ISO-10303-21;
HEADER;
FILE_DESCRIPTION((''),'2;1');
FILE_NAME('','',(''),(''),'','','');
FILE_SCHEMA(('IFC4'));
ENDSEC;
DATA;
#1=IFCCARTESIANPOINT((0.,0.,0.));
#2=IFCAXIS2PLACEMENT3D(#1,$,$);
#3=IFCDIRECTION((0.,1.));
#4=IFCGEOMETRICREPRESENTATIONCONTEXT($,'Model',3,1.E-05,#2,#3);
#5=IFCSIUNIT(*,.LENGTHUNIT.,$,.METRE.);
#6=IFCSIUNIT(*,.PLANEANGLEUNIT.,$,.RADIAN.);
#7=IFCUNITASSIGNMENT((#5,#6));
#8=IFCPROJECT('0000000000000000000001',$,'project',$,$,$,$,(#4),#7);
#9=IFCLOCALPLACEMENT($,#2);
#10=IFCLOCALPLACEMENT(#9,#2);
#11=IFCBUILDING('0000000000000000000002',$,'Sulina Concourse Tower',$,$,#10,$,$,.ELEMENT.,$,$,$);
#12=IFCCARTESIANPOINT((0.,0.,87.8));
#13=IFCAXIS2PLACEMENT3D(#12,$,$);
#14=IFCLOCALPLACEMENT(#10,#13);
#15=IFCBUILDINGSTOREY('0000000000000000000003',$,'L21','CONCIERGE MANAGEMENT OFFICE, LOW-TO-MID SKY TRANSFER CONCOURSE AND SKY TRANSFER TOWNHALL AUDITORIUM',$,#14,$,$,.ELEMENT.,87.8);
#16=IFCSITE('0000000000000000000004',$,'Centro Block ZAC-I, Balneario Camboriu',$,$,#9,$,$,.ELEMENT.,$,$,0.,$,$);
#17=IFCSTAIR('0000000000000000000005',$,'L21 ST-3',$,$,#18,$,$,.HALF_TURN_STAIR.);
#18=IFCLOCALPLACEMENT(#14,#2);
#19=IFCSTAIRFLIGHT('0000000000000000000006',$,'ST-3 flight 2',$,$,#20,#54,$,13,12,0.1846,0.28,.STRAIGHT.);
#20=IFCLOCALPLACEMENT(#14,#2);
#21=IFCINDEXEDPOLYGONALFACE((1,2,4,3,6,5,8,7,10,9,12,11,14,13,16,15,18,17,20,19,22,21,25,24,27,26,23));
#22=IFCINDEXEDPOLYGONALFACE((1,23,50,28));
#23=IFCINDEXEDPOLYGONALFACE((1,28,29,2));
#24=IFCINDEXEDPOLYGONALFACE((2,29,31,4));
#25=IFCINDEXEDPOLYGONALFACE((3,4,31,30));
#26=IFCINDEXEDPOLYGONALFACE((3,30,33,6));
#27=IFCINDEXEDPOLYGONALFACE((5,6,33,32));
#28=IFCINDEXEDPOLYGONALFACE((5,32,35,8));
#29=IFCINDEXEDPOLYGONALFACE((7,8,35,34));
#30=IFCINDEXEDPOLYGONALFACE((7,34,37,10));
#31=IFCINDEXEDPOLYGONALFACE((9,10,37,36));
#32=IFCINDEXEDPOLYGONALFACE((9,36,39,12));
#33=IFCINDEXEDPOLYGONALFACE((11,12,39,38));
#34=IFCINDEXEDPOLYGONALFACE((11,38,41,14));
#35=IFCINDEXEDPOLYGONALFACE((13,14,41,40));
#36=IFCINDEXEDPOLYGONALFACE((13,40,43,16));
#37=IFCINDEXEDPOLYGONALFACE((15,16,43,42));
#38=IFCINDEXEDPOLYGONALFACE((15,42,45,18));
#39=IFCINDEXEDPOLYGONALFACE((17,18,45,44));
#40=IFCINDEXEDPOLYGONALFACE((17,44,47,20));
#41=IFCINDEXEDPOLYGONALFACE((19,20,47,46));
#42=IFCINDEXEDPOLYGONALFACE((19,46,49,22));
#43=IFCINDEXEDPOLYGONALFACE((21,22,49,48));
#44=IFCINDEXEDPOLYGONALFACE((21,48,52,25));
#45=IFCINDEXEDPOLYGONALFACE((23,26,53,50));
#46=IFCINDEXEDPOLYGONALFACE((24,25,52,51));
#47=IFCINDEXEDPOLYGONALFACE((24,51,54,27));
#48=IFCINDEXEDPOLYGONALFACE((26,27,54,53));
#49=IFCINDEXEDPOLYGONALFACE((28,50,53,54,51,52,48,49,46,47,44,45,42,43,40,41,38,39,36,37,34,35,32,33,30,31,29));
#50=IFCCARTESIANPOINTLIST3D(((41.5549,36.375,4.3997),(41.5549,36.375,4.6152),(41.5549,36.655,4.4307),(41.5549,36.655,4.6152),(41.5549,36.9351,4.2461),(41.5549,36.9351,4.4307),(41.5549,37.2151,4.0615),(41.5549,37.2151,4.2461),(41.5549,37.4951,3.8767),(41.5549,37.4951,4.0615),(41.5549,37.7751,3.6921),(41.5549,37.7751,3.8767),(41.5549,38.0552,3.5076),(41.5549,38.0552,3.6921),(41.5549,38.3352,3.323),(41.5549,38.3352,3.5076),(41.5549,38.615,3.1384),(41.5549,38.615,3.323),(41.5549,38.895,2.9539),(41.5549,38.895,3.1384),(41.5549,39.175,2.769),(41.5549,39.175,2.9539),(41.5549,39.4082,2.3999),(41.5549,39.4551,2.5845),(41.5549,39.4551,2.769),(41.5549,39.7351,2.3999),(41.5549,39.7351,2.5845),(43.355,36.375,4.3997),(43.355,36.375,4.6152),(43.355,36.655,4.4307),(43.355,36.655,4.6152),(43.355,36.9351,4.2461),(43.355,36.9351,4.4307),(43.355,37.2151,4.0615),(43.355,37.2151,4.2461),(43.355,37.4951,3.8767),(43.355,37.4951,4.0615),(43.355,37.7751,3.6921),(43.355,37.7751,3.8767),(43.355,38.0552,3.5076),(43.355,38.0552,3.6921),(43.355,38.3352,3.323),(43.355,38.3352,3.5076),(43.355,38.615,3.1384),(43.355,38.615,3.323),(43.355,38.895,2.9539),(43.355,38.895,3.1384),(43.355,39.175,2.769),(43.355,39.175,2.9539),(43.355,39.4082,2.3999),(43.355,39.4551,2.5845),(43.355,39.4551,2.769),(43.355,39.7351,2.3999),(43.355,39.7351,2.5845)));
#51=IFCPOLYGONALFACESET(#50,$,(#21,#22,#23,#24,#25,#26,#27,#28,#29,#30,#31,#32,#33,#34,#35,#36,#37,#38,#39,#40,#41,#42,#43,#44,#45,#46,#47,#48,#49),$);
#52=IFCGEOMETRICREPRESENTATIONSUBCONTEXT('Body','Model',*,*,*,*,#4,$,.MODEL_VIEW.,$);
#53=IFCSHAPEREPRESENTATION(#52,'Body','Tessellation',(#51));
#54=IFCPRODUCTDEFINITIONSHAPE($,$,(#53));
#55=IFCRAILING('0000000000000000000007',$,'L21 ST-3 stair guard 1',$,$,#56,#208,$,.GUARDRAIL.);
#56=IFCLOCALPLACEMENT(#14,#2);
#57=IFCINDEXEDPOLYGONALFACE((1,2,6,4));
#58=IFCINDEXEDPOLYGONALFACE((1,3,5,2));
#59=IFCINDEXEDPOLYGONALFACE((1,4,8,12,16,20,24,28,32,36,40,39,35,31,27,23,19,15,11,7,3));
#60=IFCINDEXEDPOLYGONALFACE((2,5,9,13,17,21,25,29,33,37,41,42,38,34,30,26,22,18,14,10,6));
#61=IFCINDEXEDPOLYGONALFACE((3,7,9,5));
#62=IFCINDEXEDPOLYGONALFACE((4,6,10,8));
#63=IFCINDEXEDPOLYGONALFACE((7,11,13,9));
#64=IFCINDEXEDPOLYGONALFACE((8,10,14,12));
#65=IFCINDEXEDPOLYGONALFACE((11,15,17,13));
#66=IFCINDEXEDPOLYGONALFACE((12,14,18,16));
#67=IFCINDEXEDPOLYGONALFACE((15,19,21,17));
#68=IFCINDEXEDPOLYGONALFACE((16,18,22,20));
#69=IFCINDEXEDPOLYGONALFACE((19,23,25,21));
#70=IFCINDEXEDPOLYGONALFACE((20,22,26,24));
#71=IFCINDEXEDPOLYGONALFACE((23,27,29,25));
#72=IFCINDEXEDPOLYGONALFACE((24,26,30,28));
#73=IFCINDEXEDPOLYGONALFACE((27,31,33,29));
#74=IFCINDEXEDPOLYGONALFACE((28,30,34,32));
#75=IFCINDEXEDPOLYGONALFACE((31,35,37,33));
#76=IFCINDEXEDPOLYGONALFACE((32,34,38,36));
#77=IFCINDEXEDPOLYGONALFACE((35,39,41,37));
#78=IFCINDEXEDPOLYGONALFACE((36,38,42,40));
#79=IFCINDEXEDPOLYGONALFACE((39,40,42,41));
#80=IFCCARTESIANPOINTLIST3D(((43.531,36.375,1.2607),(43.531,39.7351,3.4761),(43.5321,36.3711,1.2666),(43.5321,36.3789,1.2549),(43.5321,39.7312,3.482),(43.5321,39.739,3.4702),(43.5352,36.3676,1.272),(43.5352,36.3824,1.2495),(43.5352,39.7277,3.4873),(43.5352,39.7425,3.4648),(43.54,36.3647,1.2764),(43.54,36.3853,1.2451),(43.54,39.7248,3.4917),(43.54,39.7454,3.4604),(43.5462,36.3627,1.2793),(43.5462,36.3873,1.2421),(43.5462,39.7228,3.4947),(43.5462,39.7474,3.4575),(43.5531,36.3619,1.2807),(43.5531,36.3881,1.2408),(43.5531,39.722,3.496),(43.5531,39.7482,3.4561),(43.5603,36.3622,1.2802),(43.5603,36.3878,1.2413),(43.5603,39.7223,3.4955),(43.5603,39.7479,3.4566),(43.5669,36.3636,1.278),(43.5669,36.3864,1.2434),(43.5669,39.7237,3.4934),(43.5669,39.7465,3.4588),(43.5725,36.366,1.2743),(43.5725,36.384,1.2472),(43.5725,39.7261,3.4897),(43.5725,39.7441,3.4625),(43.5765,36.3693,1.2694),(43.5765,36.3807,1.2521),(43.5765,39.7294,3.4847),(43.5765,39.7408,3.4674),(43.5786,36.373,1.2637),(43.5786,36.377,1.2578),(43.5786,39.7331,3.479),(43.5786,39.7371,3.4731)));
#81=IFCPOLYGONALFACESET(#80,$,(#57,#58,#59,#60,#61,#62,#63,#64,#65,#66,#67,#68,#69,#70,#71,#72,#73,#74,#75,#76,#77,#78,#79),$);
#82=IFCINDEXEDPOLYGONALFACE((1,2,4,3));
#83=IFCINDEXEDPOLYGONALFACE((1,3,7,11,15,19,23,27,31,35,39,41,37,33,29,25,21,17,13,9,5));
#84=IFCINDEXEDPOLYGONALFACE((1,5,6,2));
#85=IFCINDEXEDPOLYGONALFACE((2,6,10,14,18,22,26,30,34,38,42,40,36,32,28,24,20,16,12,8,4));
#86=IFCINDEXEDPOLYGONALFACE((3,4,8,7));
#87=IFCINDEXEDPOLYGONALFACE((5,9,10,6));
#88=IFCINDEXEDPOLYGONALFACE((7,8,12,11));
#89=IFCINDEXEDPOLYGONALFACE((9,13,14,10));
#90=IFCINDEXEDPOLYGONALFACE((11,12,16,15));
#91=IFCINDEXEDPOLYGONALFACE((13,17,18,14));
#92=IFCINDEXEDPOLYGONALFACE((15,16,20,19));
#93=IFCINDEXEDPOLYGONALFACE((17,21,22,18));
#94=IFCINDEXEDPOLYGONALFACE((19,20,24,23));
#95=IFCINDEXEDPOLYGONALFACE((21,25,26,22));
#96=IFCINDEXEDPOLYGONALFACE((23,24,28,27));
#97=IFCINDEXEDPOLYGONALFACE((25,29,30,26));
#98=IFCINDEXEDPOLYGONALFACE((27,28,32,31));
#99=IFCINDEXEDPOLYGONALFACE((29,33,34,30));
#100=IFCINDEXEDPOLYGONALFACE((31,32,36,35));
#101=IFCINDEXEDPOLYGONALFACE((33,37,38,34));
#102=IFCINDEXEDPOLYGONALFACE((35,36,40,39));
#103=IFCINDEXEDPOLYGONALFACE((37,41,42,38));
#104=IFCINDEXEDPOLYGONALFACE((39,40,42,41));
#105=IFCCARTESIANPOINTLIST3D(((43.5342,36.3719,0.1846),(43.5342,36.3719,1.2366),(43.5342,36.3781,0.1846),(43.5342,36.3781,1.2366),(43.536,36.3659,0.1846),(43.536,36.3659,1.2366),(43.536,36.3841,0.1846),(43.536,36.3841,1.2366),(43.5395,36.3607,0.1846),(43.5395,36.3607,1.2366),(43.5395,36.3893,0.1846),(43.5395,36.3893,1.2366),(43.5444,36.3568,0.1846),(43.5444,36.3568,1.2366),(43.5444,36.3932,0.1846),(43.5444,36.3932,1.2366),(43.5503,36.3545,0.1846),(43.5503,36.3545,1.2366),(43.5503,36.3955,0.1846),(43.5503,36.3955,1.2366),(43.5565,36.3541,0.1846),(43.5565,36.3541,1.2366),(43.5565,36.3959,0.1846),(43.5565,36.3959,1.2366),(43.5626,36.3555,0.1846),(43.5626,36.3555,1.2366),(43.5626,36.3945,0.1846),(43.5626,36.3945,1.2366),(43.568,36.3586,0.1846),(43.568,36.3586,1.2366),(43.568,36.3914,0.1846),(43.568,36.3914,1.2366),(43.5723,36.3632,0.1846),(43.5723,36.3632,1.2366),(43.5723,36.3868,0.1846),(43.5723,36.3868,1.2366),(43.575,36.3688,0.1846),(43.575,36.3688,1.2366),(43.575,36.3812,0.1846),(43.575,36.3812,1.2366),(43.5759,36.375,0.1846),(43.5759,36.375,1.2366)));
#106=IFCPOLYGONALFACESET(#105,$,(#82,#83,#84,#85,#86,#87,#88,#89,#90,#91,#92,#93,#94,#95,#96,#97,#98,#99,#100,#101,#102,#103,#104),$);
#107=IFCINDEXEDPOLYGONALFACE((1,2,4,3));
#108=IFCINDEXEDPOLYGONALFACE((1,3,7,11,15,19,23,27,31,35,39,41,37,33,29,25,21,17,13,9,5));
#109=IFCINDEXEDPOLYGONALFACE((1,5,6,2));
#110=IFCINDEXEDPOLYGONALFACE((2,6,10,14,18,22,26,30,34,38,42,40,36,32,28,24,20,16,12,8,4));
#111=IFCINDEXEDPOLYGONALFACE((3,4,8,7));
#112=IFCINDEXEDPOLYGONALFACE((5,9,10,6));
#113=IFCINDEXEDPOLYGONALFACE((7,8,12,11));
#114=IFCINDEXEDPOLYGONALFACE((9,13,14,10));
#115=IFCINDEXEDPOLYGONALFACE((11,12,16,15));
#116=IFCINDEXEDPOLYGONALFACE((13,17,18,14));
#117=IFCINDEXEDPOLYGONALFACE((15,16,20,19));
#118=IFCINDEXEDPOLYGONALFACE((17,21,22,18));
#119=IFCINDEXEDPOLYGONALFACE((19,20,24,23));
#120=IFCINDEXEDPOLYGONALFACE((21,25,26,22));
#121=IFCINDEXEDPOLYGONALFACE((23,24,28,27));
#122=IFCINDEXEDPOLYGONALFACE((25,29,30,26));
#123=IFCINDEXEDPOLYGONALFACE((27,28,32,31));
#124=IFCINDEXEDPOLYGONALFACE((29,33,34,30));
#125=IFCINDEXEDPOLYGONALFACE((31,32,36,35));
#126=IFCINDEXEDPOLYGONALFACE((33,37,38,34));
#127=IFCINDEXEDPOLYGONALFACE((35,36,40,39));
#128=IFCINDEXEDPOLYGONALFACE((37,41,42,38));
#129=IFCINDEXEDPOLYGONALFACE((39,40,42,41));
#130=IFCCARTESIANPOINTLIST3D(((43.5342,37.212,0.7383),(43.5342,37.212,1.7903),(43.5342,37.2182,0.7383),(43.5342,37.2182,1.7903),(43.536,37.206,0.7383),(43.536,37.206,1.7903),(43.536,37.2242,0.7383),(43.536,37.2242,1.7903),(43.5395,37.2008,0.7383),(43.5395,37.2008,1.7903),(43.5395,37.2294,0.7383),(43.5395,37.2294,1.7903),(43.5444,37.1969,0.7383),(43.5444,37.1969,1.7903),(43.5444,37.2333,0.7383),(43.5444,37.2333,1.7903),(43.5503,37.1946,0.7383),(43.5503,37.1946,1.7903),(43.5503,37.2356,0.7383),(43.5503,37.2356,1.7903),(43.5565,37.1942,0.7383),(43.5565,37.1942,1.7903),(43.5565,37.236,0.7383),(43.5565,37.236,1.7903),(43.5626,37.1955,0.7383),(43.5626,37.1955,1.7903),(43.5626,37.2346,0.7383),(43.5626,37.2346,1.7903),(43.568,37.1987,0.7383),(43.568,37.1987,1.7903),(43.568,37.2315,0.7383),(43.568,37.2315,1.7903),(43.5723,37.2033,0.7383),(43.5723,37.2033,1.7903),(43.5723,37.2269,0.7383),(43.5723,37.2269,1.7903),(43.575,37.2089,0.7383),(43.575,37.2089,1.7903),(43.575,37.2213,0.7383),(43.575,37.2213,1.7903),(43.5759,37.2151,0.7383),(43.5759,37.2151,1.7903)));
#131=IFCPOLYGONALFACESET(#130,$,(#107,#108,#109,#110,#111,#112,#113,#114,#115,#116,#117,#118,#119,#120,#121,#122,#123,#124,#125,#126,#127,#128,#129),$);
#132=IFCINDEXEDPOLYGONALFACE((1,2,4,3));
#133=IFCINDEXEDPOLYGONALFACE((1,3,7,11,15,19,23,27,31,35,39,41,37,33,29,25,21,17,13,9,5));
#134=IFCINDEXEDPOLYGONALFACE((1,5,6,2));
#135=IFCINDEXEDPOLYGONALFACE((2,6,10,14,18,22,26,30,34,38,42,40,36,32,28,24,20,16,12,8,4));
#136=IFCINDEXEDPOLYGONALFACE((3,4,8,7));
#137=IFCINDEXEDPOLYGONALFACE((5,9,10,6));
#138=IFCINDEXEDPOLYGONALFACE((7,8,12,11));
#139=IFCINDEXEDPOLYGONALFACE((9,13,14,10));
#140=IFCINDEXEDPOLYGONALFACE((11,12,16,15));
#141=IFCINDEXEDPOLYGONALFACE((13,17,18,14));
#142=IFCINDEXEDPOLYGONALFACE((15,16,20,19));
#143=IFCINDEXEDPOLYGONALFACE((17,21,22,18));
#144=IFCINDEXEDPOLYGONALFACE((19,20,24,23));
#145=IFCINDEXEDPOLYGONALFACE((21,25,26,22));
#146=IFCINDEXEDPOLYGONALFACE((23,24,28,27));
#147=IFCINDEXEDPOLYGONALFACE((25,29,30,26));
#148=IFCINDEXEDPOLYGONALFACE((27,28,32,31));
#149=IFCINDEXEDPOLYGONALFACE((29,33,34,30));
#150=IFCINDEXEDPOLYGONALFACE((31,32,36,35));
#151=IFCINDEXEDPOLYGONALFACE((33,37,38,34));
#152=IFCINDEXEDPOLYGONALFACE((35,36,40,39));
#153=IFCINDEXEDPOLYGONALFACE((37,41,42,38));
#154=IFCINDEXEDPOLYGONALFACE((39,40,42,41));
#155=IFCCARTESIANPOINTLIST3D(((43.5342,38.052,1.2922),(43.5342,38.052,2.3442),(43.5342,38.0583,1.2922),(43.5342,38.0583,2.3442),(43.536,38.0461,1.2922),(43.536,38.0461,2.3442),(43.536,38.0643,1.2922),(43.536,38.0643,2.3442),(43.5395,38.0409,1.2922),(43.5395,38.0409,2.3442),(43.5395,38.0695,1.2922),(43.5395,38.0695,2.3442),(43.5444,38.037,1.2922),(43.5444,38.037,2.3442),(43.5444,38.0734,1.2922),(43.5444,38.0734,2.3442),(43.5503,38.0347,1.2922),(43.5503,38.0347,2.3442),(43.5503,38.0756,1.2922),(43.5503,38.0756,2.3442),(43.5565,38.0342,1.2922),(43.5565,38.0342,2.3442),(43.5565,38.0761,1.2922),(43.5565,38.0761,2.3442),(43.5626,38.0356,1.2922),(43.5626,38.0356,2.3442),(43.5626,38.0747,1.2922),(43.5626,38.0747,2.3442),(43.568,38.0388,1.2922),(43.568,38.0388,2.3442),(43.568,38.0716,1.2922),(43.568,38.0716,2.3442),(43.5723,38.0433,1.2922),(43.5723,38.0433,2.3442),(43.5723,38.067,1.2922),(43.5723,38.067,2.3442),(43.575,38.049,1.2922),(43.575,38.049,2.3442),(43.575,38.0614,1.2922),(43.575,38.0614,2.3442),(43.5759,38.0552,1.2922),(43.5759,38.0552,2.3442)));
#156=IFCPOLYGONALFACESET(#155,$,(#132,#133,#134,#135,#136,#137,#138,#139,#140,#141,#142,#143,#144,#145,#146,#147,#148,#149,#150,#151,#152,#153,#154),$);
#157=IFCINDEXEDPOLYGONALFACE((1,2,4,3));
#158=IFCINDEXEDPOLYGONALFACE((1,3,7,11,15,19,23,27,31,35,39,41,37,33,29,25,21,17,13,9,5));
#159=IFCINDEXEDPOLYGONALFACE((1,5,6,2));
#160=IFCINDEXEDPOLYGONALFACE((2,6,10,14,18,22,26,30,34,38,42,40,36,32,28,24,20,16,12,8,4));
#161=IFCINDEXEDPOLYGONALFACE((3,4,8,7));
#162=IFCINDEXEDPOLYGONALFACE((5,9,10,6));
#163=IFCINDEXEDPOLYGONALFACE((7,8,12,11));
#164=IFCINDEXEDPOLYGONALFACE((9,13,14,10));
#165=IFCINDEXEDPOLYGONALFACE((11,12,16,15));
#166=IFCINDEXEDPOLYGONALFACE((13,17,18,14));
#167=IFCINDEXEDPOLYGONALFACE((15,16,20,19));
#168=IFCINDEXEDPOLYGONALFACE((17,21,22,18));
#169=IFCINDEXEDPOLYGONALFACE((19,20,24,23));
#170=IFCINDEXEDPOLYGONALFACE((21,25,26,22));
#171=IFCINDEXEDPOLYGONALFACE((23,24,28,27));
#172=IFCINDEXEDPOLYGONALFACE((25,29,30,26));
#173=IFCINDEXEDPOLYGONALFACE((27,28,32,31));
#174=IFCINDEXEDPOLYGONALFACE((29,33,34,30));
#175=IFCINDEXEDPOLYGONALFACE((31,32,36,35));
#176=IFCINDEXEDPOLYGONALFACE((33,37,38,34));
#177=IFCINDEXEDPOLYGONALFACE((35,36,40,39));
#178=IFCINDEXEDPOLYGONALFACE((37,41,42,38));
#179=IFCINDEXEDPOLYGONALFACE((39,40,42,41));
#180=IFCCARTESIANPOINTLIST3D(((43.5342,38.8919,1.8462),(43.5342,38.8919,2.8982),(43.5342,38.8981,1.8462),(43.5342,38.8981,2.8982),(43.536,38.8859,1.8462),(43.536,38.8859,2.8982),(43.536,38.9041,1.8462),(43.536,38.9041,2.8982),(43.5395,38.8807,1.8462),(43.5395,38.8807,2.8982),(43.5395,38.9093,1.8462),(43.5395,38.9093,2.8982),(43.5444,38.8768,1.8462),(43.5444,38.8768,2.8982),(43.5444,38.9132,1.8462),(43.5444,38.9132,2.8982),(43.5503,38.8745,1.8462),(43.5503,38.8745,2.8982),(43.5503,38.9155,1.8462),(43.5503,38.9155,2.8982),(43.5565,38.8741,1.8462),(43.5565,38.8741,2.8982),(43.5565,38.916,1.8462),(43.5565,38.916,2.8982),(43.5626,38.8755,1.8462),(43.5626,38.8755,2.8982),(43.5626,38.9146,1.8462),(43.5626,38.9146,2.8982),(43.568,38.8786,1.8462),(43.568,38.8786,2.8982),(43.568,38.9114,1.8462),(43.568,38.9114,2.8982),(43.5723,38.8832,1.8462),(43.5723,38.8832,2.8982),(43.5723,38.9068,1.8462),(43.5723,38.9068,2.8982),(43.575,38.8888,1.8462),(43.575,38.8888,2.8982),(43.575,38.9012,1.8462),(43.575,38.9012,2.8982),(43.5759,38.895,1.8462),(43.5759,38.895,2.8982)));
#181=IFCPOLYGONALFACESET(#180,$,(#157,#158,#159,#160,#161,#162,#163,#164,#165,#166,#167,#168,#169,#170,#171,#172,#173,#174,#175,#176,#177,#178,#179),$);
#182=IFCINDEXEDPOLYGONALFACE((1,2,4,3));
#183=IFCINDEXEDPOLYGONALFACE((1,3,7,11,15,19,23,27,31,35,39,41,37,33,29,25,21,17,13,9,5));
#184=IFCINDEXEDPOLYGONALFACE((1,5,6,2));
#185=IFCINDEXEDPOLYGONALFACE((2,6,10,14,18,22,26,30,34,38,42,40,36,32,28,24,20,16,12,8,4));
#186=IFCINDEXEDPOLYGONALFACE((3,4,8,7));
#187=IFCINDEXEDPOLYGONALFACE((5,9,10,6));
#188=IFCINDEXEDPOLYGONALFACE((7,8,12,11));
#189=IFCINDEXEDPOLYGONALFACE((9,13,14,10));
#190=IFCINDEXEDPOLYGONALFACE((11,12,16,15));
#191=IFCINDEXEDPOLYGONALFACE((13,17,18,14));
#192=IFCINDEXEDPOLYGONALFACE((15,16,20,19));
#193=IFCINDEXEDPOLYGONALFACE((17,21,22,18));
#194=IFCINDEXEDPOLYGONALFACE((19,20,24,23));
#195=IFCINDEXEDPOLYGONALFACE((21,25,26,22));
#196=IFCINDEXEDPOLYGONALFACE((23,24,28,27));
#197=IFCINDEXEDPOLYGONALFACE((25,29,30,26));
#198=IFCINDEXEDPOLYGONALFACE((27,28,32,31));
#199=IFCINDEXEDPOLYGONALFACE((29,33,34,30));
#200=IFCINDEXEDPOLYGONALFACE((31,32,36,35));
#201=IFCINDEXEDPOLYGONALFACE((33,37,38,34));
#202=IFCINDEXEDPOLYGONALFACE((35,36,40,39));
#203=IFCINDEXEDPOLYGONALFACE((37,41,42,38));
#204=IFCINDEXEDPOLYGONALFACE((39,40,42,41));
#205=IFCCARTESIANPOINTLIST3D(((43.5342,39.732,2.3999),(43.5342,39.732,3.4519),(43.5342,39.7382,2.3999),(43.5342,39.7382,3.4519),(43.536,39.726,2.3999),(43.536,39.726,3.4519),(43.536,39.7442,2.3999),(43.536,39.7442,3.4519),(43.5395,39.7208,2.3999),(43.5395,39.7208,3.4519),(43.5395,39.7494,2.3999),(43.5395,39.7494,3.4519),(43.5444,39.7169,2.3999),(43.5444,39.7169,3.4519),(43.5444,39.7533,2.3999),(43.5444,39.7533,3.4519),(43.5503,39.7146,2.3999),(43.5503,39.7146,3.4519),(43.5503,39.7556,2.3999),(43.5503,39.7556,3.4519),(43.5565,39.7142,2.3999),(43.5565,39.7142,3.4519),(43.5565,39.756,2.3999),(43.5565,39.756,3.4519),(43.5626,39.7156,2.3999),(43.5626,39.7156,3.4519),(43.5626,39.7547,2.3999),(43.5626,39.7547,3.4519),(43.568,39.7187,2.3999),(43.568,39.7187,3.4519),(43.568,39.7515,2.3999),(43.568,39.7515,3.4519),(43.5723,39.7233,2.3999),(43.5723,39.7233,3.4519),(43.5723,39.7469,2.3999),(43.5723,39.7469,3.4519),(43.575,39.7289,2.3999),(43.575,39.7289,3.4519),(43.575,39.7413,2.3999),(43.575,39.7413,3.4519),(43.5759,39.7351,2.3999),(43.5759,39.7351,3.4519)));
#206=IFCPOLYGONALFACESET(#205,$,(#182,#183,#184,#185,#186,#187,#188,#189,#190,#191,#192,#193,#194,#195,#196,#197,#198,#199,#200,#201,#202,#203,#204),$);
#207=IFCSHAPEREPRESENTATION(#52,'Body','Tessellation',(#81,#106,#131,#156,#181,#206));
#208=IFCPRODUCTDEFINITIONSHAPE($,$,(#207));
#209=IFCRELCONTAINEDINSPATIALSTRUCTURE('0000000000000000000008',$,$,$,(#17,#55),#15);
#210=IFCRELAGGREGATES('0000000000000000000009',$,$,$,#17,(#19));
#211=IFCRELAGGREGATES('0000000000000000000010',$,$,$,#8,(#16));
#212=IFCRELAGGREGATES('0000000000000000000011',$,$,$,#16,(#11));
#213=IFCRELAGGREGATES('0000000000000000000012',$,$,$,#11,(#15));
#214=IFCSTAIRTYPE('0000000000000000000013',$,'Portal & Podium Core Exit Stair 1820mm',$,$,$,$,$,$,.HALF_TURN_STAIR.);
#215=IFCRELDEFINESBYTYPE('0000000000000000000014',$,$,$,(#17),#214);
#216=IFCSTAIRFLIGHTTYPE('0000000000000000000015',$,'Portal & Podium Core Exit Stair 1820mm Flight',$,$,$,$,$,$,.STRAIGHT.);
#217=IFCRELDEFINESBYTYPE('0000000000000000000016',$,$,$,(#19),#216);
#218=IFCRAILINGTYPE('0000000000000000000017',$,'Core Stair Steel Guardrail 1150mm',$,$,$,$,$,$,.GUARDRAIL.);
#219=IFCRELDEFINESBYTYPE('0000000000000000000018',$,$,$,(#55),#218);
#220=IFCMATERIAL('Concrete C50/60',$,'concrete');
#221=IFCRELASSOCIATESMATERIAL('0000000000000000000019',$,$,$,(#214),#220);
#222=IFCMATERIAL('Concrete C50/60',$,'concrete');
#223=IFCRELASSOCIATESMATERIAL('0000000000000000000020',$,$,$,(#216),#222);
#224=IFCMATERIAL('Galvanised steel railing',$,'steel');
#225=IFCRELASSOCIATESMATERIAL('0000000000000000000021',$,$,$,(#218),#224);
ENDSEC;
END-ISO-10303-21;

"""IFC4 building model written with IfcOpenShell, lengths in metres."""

from ifc_helpers import new_model, si_unit, direction, frame, origin, origin_2d, place, context, subcontext, project, spatial, polyline, circle, outline, extrude, material, type_object, element, aggregate, save


model = new_model("IFC4")

# Units and contexts
model_context = context("Model", 3, precision=1e-05, world=origin(), true_north=direction((0.0, 1.0)))
body_context = subcontext(model_context, "Body", "Model", "MODEL_VIEW")
ifc_project = project(units=[si_unit("LENGTHUNIT", "METRE"), si_unit("PLANEANGLEUNIT", "RADIAN")], contexts=[model_context])

# Site, building, storey
site_placement = place(None, origin())
site = spatial("IfcSite", under=ifc_project, at=site_placement, Name="Centro Block ZAC-I, Balneario Camboriu", CompositionType="ELEMENT", RefElevation=0.0)
building_placement = place(site_placement, origin())
building = spatial("IfcBuilding", under=site, at=building_placement, Name="Sulina Concourse Tower", CompositionType="ELEMENT")
storey_placement = place(building_placement, frame((0.0, 0.0, 87.8)))
storey = spatial("IfcBuildingStorey", under=building, at=storey_placement, Name="L21", Description="CONCIERGE MANAGEMENT OFFICE, LOW-TO-MID SKY TRANSFER CONCOURSE AND SKY TRANSFER TOWNHALL AUDITORIUM", CompositionType="ELEMENT", Elevation=87.8)

# Stair, stair flight
ifc_material_1 = material(Name="Concrete C50/60", Category="concrete")
stair_type = type_object("IfcStairType", Name="Portal & Podium Core Exit Stair 1820mm", PredefinedType="HALF_TURN_STAIR", material=ifc_material_1)
stair_placement = place(storey_placement, origin())
stair = element("IfcStair", 1, at=stair_placement, inside=storey, type_object=stair_type, Name="L21 ST-3", PredefinedType="HALF_TURN_STAIR")
ifc_material_2 = material(Name="Concrete C50/60", Category="concrete")
stair_flight_type = type_object("IfcStairFlightType", Name="Portal & Podium Core Exit Stair 1820mm Flight", PredefinedType="STRAIGHT", material=ifc_material_2)
stair_flight_1_placement = place(storey_placement, frame((42.4551, 39.7351, 2.3999), z_axis=(0.0, 0.0, 1.0), x_axis=(0.0, -1.0, 0.0)))
stair_flight_1 = element("IfcStairFlight", 2, at=stair_flight_1_placement, type_object=stair_flight_type, Name="ST-3 flight 2", NumberOfRisers=13, NumberOfTreads=12, PredefinedType="STRAIGHT", RiserHeight=0.1846, TreadLength=0.28, context=body_context, shape_type="SweptSolid", body=[
    extrude(outline(polyline([(0.0, 0.0), (0.0, 0.1846), (0.28, 0.1846), (0.28, 0.3691), (0.5601, 0.3691), (0.5601, 0.554), (0.8401, 0.554), (0.8401, 0.7385), (1.1201, 0.7385), (1.1201, 0.9231), (1.3999, 0.9231), (1.3999, 1.1077), (1.6799, 1.1077), (1.6799, 1.2922), (1.96, 1.2922), (1.96, 1.4768), (2.24, 1.4768), (2.24, 1.6616), (2.52, 1.6616), (2.52, 1.8462), (2.8, 1.8462), (2.8, 2.0308), (3.0801, 2.0308), (3.0801, 2.2153), (3.3601, 2.2153), (3.3601, 2.3999), (3.3601, 1.9998), (0.3269, 0.0), (0.0, 0.0)])), frame((0.0, 0.8999, 0.0), z_axis=(0.0, -1.0, 0.0), x_axis=(1.0, 0.0, 0.0)), (0.0, 0.0, 1.0), 1.8),
])
aggregate(stair, [stair_flight_1])

# Railing
ifc_material_3 = material(Name="Galvanised steel railing", Category="steel")
railing_type_1 = type_object("IfcRailingType", Name="Core Stair Steel Guardrail 1150mm", PredefinedType="GUARDRAIL", material=ifc_material_3)
railing_1_placement = place(storey_placement, frame((43.5549, 36.375, 0.1846)))
element("IfcRailing", 3, at=railing_1_placement, inside=storey, type_object=railing_type_1, Name="L21 ST-3 stair guard 1", PredefinedType="GUARDRAIL", context=body_context, shape_type="SweptSolid", body=[
    extrude(circle(Radius=0.0239, at=origin_2d()), frame((0.0, 0.0, 1.0762), z_axis=(0.0, 0.834876, 0.550437), x_axis=(-1.0, 0.0, 0.0)), (0.0, 0.0, 1.0), 4.0247),
    extrude(circle(Radius=0.021, at=origin_2d()), origin(), (0.0, 0.0, 1.0), 1.052),
    extrude(circle(Radius=0.021, at=origin_2d()), frame((0.0, 0.8401, 0.5537)), (0.0, 0.0, 1.0), 1.052),
    extrude(circle(Radius=0.021, at=origin_2d()), frame((0.0, 1.6802, 1.1077)), (0.0, 0.0, 1.0), 1.052),
    extrude(circle(Radius=0.021, at=origin_2d()), frame((0.0, 2.52, 1.6616)), (0.0, 0.0, 1.0), 1.052),
    extrude(circle(Radius=0.021, at=origin_2d()), frame((0.0, 3.3601, 2.2153)), (0.0, 0.0, 1.0), 1.052),
])

save(model, "model.ifc")
